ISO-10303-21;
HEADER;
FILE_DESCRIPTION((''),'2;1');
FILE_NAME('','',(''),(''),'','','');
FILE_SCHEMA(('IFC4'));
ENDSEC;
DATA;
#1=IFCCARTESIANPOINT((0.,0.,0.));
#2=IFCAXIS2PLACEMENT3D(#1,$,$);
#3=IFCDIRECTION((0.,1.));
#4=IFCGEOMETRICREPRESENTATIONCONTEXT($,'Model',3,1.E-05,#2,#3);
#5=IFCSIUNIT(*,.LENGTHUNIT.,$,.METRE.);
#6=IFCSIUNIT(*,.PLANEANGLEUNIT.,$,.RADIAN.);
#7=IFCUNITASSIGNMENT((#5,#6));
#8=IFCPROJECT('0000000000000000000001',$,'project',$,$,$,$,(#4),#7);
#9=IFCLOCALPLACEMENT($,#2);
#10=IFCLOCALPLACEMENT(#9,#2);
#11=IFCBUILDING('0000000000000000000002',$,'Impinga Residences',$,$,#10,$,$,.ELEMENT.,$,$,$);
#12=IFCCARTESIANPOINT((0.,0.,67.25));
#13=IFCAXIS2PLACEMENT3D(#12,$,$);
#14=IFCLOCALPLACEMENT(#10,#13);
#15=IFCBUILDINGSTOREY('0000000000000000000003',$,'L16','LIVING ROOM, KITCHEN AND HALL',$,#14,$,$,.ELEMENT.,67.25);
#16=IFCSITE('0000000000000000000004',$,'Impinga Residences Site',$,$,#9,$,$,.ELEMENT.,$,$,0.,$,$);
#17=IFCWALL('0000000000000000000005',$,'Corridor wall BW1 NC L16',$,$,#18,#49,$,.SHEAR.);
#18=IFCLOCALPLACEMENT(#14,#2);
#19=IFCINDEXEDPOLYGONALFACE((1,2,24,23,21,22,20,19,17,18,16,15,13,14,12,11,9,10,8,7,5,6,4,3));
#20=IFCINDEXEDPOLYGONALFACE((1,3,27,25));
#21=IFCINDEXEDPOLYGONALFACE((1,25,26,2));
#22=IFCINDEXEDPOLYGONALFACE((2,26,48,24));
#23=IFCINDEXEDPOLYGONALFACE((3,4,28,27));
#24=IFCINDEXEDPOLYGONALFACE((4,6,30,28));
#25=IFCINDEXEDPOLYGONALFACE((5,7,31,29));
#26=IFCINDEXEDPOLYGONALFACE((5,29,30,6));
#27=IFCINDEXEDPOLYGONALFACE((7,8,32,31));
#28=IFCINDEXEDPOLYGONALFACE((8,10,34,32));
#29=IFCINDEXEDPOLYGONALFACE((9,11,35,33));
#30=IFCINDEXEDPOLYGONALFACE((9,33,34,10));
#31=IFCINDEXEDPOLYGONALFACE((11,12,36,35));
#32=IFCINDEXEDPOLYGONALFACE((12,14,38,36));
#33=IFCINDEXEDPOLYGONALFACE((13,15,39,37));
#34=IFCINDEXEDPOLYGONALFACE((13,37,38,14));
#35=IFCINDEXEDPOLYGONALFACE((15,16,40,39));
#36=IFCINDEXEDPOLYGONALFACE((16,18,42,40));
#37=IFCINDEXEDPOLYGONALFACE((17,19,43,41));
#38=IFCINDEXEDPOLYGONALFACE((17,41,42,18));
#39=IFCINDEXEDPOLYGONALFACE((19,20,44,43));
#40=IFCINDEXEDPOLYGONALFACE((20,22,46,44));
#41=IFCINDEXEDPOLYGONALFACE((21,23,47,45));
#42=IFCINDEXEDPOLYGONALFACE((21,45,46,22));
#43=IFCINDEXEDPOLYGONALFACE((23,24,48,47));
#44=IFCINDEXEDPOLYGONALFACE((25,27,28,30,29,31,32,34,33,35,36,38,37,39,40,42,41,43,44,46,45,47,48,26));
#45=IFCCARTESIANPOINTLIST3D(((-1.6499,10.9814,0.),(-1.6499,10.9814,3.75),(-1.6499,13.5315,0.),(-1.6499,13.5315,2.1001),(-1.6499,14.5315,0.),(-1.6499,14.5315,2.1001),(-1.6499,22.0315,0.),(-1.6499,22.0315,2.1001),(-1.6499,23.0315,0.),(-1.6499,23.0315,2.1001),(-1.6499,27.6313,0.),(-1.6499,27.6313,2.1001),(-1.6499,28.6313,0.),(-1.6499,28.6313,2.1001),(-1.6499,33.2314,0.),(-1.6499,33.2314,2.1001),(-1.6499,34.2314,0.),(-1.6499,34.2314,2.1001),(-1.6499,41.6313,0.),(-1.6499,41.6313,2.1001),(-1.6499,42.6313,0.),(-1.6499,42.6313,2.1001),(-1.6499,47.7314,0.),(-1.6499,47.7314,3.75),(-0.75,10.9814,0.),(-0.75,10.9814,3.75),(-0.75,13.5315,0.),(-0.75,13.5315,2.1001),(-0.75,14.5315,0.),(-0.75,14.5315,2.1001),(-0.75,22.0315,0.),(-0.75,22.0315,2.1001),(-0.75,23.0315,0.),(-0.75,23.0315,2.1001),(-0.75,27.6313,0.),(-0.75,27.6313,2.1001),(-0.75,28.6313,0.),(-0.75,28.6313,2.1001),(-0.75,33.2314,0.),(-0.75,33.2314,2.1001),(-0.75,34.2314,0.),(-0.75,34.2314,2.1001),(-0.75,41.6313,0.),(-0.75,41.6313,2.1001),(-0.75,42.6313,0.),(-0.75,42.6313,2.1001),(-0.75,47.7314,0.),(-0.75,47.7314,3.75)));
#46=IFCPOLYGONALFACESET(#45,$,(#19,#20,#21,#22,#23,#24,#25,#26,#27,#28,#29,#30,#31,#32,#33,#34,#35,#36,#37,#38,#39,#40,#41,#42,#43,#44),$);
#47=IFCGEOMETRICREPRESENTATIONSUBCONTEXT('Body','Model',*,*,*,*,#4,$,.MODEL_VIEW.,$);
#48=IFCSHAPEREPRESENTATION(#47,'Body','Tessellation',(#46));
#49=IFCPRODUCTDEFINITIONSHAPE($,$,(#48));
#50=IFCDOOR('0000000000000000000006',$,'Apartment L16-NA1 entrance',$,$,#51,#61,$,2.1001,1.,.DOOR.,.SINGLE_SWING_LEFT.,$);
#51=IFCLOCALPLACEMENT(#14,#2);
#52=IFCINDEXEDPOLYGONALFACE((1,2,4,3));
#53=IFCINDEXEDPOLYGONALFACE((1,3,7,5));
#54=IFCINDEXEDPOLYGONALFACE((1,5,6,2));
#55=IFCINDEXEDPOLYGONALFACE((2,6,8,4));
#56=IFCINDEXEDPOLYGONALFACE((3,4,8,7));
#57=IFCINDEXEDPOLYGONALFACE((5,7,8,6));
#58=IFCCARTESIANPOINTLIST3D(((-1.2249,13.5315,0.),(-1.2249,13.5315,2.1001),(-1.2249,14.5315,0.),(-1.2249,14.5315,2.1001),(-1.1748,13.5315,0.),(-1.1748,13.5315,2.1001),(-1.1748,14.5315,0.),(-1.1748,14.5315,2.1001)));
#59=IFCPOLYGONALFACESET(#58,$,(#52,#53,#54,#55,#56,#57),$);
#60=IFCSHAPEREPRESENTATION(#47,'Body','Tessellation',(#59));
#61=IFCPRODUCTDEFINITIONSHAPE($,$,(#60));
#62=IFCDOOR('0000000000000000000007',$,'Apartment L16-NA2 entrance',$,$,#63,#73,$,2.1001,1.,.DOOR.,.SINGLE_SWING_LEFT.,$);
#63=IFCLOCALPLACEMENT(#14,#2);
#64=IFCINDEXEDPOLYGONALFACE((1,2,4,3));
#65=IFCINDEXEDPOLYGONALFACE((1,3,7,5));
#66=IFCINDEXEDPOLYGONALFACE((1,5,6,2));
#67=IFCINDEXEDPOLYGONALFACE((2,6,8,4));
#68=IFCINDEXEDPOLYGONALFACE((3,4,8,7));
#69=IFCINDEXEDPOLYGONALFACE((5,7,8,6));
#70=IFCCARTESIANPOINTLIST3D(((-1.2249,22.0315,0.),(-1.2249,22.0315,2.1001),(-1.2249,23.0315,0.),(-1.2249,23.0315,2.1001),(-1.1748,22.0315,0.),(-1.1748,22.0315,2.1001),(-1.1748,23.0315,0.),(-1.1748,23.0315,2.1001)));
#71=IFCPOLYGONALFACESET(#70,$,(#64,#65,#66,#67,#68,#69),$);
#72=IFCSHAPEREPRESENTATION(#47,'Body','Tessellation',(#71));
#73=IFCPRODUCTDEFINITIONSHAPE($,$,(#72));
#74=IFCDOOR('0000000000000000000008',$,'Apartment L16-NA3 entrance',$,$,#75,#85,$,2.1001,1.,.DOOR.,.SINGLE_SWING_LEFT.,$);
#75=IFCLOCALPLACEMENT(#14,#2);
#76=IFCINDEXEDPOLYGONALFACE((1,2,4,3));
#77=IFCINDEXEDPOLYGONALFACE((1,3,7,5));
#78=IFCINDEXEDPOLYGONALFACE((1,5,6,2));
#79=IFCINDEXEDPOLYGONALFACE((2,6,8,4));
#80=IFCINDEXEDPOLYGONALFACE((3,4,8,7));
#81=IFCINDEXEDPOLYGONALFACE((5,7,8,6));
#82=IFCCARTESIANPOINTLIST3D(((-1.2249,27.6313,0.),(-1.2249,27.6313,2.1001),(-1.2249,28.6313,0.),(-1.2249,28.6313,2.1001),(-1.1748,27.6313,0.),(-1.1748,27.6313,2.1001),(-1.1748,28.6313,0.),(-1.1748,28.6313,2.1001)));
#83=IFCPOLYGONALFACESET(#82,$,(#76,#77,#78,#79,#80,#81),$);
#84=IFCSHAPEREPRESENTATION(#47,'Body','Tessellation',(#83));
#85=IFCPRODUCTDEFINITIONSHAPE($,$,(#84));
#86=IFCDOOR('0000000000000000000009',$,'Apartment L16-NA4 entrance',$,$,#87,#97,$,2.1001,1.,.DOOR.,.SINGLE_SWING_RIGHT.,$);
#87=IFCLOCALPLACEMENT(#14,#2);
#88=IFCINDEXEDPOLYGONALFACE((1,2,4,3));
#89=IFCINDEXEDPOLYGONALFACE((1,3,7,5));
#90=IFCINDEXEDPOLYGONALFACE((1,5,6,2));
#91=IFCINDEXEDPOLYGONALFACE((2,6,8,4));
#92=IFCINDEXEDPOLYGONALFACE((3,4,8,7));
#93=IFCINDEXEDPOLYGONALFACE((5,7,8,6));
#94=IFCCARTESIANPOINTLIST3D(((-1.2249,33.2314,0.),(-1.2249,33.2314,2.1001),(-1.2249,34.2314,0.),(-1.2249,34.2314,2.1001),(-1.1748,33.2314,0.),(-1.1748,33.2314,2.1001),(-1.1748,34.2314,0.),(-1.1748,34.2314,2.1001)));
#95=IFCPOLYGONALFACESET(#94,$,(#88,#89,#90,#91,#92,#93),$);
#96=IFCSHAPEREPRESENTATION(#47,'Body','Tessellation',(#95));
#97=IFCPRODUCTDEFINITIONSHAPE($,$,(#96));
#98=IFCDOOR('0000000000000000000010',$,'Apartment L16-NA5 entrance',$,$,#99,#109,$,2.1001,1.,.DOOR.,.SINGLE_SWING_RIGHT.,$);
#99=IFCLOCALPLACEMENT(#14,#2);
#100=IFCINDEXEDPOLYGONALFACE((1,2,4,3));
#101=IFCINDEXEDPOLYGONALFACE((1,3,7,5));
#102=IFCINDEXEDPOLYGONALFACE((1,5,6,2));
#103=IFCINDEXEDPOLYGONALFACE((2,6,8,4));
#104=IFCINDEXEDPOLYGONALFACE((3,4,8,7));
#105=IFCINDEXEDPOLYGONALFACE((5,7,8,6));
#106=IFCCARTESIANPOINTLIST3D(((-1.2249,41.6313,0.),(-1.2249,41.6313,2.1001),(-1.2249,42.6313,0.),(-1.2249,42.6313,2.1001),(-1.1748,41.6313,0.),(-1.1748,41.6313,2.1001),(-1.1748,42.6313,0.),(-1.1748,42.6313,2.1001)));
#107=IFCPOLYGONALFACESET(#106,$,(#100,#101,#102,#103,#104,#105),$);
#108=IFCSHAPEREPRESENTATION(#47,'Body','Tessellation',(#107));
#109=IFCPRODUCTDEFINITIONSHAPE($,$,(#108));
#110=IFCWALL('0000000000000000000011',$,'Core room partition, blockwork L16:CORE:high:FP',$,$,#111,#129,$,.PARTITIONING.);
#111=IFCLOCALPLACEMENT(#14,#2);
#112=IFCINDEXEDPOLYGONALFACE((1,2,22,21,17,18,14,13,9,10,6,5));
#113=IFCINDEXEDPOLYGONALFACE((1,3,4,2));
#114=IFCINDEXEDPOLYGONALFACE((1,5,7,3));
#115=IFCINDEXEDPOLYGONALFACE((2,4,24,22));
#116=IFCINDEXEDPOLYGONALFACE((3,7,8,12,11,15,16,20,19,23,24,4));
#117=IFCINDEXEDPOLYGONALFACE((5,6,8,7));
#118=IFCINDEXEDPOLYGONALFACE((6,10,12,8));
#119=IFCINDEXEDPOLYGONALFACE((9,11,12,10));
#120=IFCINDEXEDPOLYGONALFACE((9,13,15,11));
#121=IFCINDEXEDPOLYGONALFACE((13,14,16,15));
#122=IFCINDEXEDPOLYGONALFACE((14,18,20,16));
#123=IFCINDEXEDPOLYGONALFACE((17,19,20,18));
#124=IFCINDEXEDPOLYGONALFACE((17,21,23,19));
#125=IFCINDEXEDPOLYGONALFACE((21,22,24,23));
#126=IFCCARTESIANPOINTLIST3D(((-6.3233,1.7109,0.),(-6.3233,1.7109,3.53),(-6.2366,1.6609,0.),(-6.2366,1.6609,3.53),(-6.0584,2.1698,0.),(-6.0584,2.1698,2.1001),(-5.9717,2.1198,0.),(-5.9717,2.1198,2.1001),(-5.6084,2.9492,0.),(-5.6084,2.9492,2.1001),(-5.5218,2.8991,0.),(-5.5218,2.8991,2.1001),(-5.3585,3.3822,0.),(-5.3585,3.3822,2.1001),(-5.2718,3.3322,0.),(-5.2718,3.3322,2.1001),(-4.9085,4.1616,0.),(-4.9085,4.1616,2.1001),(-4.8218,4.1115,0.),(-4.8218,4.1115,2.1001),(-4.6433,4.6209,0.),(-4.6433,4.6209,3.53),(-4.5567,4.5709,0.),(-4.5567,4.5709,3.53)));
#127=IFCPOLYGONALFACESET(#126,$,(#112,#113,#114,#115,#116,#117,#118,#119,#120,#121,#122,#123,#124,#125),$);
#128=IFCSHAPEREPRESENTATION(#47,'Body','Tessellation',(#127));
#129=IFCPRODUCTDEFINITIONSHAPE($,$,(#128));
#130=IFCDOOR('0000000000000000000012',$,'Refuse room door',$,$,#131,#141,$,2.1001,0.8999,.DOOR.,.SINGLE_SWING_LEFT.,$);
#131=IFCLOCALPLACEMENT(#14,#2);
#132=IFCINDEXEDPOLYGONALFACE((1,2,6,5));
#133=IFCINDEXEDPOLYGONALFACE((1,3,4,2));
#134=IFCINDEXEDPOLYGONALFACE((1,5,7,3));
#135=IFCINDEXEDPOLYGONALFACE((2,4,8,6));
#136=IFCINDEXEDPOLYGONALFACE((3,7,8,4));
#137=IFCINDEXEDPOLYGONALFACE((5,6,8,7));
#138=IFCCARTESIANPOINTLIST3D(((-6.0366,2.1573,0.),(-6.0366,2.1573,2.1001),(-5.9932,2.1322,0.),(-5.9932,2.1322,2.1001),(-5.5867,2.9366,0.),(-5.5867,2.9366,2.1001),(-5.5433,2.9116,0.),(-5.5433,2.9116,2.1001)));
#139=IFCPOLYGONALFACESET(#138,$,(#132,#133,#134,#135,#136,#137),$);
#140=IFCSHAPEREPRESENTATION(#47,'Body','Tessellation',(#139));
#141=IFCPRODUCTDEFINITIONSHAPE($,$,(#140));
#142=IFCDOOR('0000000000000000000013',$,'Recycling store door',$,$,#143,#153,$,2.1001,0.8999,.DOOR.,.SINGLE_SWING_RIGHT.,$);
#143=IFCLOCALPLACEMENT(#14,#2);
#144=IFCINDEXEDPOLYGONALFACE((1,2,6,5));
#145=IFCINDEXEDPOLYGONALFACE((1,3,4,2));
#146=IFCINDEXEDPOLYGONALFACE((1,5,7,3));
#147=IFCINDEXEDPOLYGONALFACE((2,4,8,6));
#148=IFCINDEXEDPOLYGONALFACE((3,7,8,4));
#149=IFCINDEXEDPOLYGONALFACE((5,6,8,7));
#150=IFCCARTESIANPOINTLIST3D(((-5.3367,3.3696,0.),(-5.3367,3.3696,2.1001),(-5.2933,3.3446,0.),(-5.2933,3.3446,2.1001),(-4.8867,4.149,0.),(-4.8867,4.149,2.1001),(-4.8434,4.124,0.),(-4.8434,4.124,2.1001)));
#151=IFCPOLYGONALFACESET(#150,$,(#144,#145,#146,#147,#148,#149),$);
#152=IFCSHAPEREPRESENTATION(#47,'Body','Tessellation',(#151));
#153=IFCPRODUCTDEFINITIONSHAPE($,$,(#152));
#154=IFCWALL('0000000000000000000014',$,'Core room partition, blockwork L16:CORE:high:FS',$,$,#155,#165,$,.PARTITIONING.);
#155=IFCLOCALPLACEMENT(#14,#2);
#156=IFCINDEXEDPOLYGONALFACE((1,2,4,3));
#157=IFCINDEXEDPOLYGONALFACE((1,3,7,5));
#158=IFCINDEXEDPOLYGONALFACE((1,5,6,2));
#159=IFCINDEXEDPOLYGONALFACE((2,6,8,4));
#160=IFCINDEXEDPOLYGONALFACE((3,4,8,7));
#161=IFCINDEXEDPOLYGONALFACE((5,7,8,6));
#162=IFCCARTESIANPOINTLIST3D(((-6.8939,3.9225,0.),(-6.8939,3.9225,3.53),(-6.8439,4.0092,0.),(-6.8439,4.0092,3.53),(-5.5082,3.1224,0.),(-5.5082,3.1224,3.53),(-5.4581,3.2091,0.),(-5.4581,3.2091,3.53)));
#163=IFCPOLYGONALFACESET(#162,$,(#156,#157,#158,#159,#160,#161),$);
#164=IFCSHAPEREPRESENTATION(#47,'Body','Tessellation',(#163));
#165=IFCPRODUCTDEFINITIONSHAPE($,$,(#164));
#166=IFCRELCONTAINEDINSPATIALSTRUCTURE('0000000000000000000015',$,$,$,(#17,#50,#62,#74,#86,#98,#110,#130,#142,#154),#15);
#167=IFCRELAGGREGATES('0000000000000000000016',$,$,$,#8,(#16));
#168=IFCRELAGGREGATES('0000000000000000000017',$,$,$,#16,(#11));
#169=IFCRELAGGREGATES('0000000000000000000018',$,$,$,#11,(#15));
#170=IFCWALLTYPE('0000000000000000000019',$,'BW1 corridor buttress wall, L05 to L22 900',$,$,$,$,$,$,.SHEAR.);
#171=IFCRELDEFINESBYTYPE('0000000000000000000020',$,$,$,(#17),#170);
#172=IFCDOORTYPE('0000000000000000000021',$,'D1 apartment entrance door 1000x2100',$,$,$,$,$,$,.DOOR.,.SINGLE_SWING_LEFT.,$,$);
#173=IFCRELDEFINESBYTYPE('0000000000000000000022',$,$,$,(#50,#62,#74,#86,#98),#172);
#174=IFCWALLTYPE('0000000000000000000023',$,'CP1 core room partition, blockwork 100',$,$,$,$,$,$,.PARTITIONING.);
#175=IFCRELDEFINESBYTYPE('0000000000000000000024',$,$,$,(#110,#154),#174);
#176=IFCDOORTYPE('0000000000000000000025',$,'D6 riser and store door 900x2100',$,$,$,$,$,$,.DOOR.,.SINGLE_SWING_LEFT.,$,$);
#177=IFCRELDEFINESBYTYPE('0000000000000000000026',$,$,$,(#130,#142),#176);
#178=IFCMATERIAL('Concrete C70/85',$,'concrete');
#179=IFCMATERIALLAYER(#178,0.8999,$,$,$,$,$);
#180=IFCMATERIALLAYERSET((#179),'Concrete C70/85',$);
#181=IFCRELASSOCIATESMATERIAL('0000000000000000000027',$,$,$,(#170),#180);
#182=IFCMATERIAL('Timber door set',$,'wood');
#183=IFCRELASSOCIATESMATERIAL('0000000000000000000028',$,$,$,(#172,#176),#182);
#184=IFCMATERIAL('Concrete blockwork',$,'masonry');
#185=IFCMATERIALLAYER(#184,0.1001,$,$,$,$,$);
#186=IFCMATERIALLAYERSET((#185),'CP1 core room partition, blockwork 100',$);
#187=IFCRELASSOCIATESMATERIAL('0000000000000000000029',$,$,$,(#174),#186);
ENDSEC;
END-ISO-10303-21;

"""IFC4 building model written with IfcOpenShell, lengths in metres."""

from ifc_helpers import new_model, si_unit, direction, frame, frame_2d, origin, place, context, subcontext, project, spatial, rectangle, extrude, material, layer, layer_set, type_object, element, fill, save


model = new_model("IFC4")

# Units and contexts
model_context = context("Model", 3, precision=1e-05, world=origin(), true_north=direction((0.0, 1.0)))
body_context = subcontext(model_context, "Body", "Model", "MODEL_VIEW")
ifc_project = project(units=[si_unit("LENGTHUNIT", "METRE"), si_unit("PLANEANGLEUNIT", "RADIAN")], contexts=[model_context])

# Site, building, storey
site_placement = place(None, origin())
site = spatial("IfcSite", under=ifc_project, at=site_placement, Name="Impinga Residences Site", CompositionType="ELEMENT", RefElevation=0.0)
building_placement = place(site_placement, origin())
building = spatial("IfcBuilding", under=site, at=building_placement, Name="Impinga Residences", CompositionType="ELEMENT")
storey_placement = place(building_placement, frame((0.0, 0.0, 67.25)))
storey = spatial("IfcBuildingStorey", under=building, at=storey_placement, Name="L16", Description="LIVING ROOM, KITCHEN AND HALL", CompositionType="ELEMENT", Elevation=67.25)

# Walls, openings, doors
ifc_material_1 = material(Name="Concrete C70/85", Category="concrete")
ifc_layer_1 = layer(ifc_material_1, 0.8999)
ifc_layer_set_1 = layer_set([ifc_layer_1], Name="Concrete C70/85")
wall_type_1 = type_object("IfcWallType", Name="BW1 corridor buttress wall, L05 to L22 900", PredefinedType="SHEAR", material=ifc_layer_set_1)
wall_1_placement = place(storey_placement, frame((-1.2, 10.9814, 0.0), z_axis=(0.0, 0.0, 1.0), x_axis=(0.0, 1.0, 0.0)))
wall_1 = element("IfcWall", 1, at=wall_1_placement, inside=storey, type_object=wall_type_1, Name="Corridor wall BW1 NC L16", PredefinedType="SHEAR", context=body_context, shape_type="SweptSolid", body=[
    extrude(rectangle(XDim=36.75, YDim=0.8999, at=frame_2d((18.375, 0.0))), origin(), (0.0, 0.0, 1.0), 3.75),
])
opening_1_placement = place(wall_1_placement, frame((2.55, 0.0, 0.0)))
opening_1 = element("IfcOpeningElement", 2, at=opening_1_placement, cuts=wall_1, PredefinedType="OPENING", context=body_context, shape_type="SweptSolid", body=[
    extrude(rectangle(XDim=1.0, YDim=2.1001, at=frame_2d((0.5, 1.05))), frame((0.0, 0.46, 0.0), z_axis=(0.0, -1.0, 0.0), x_axis=(1.0, 0.0, 0.0)), (0.0, 0.0, 1.0), 0.9199),
])
opening_2_placement = place(wall_1_placement, frame((11.05, 0.0, 0.0)))
opening_2 = element("IfcOpeningElement", 3, at=opening_2_placement, cuts=wall_1, PredefinedType="OPENING", context=body_context, shape_type="SweptSolid", body=[
    extrude(rectangle(XDim=1.0, YDim=2.1001, at=frame_2d((0.5, 1.05))), frame((0.0, 0.46, 0.0), z_axis=(0.0, -1.0, 0.0), x_axis=(1.0, 0.0, 0.0)), (0.0, 0.0, 1.0), 0.9199),
])
opening_3_placement = place(wall_1_placement, frame((16.6499, 0.0, 0.0)))
opening_3 = element("IfcOpeningElement", 4, at=opening_3_placement, cuts=wall_1, PredefinedType="OPENING", context=body_context, shape_type="SweptSolid", body=[
    extrude(rectangle(XDim=1.0, YDim=2.1001, at=frame_2d((0.5, 1.05))), frame((0.0, 0.46, 0.0), z_axis=(0.0, -1.0, 0.0), x_axis=(1.0, 0.0, 0.0)), (0.0, 0.0, 1.0), 0.9199),
])
opening_4_placement = place(wall_1_placement, frame((22.25, 0.0, 0.0)))
opening_4 = element("IfcOpeningElement", 5, at=opening_4_placement, cuts=wall_1, PredefinedType="OPENING", context=body_context, shape_type="SweptSolid", body=[
    extrude(rectangle(XDim=1.0, YDim=2.1001, at=frame_2d((0.5, 1.05))), frame((0.0, 0.46, 0.0), z_axis=(0.0, -1.0, 0.0), x_axis=(1.0, 0.0, 0.0)), (0.0, 0.0, 1.0), 0.9199),
])
opening_5_placement = place(wall_1_placement, frame((30.6499, 0.0, 0.0)))
opening_5 = element("IfcOpeningElement", 6, at=opening_5_placement, cuts=wall_1, PredefinedType="OPENING", context=body_context, shape_type="SweptSolid", body=[
    extrude(rectangle(XDim=1.0, YDim=2.1001, at=frame_2d((0.5, 1.05))), frame((0.0, 0.46, 0.0), z_axis=(0.0, -1.0, 0.0), x_axis=(1.0, 0.0, 0.0)), (0.0, 0.0, 1.0), 0.9199),
])
ifc_material_2 = material(Name="Timber door set", Category="wood")
door_type_1 = type_object("IfcDoorType", Name="D1 apartment entrance door 1000x2100", OperationType="SINGLE_SWING_LEFT", PredefinedType="DOOR", material=ifc_material_2)
door_1_placement = place(opening_1_placement, origin())
door_1 = element("IfcDoor", 7, at=door_1_placement, inside=storey, type_object=door_type_1, Name="Apartment L16-NA1 entrance", OperationType="SINGLE_SWING_LEFT", OverallHeight=2.1001, OverallWidth=1.0, PredefinedType="DOOR", context=body_context, shape_type="SweptSolid", body=[
    extrude(rectangle(XDim=1.0, YDim=2.1001, at=frame_2d((0.5, 1.05))), frame((0.0, 0.0249, 0.0), z_axis=(0.0, -1.0, 0.0), x_axis=(1.0, 0.0, 0.0)), (0.0, 0.0, 1.0), 0.05),
])
fill(opening_1, door_1)
door_2_placement = place(opening_2_placement, origin())
door_2 = element("IfcDoor", 8, at=door_2_placement, inside=storey, type_object=door_type_1, Name="Apartment L16-NA2 entrance", OperationType="SINGLE_SWING_LEFT", OverallHeight=2.1001, OverallWidth=1.0, PredefinedType="DOOR", context=body_context, shape_type="SweptSolid", body=[
    extrude(rectangle(XDim=1.0, YDim=2.1001, at=frame_2d((0.5, 1.05))), frame((0.0, 0.0249, 0.0), z_axis=(0.0, -1.0, 0.0), x_axis=(1.0, 0.0, 0.0)), (0.0, 0.0, 1.0), 0.05),
])
fill(opening_2, door_2)
door_3_placement = place(opening_3_placement, origin())
door_3 = element("IfcDoor", 9, at=door_3_placement, inside=storey, type_object=door_type_1, Name="Apartment L16-NA3 entrance", OperationType="SINGLE_SWING_LEFT", OverallHeight=2.1001, OverallWidth=1.0, PredefinedType="DOOR", context=body_context, shape_type="SweptSolid", body=[
    extrude(rectangle(XDim=1.0, YDim=2.1001, at=frame_2d((0.5, 1.05))), frame((0.0, 0.0249, 0.0), z_axis=(0.0, -1.0, 0.0), x_axis=(1.0, 0.0, 0.0)), (0.0, 0.0, 1.0), 0.05),
])
fill(opening_3, door_3)
door_4_placement = place(opening_4_placement, origin())
door_4 = element("IfcDoor", 10, at=door_4_placement, inside=storey, type_object=door_type_1, Name="Apartment L16-NA4 entrance", OperationType="SINGLE_SWING_RIGHT", OverallHeight=2.1001, OverallWidth=1.0, PredefinedType="DOOR", context=body_context, shape_type="SweptSolid", body=[
    extrude(rectangle(XDim=1.0, YDim=2.1001, at=frame_2d((0.5, 1.05))), frame((0.0, 0.0249, 0.0), z_axis=(0.0, -1.0, 0.0), x_axis=(1.0, 0.0, 0.0)), (0.0, 0.0, 1.0), 0.05),
])
fill(opening_4, door_4)
door_5_placement = place(opening_5_placement, origin())
door_5 = element("IfcDoor", 11, at=door_5_placement, inside=storey, type_object=door_type_1, Name="Apartment L16-NA5 entrance", OperationType="SINGLE_SWING_RIGHT", OverallHeight=2.1001, OverallWidth=1.0, PredefinedType="DOOR", context=body_context, shape_type="SweptSolid", body=[
    extrude(rectangle(XDim=1.0, YDim=2.1001, at=frame_2d((0.5, 1.05))), frame((0.0, 0.0249, 0.0), z_axis=(0.0, -1.0, 0.0), x_axis=(1.0, 0.0, 0.0)), (0.0, 0.0, 1.0), 0.05),
])
fill(opening_5, door_5)
ifc_material_3 = material(Name="Concrete blockwork", Category="masonry")
ifc_layer_2 = layer(ifc_material_3, 0.1001)
ifc_layer_set_2 = layer_set([ifc_layer_2], Name="CP1 core room partition, blockwork 100")
wall_type_2 = type_object("IfcWallType", Name="CP1 core room partition, blockwork 100", PredefinedType="PARTITIONING", material=ifc_layer_set_2)
wall_2_placement = place(storey_placement, frame((-6.28, 1.6858, 0.0), z_axis=(0.0, 0.0, 1.0), x_axis=(0.499976, 0.866039, 0.0)))
wall_2 = element("IfcWall", 12, at=wall_2_placement, inside=storey, type_object=wall_type_2, Name="Core room partition, blockwork L16:CORE:high:FP", PredefinedType="PARTITIONING", context=body_context, shape_type="SweptSolid", body=[
    extrude(rectangle(XDim=3.3601, YDim=0.1001, at=frame_2d((1.6802, 0.0))), origin(), (0.0, 0.0, 1.0), 3.53),
])
opening_6_placement = place(wall_2_placement, frame((0.53, 0.0, 0.0)))
opening_6 = element("IfcOpeningElement", 13, at=opening_6_placement, cuts=wall_2, PredefinedType="OPENING", context=body_context, shape_type="SweptSolid", body=[
    extrude(rectangle(XDim=0.8999, YDim=2.1001, at=frame_2d((0.45, 1.05))), frame((0.0, 0.0601, 0.0), z_axis=(0.0, -1.0, 0.0), x_axis=(1.0, 0.0, 0.0)), (0.0, 0.0, 1.0), 0.1201),
])
opening_7_placement = place(wall_2_placement, frame((1.9299, 0.0, 0.0)))
opening_7 = element("IfcOpeningElement", 14, at=opening_7_placement, cuts=wall_2, PredefinedType="OPENING", context=body_context, shape_type="SweptSolid", body=[
    extrude(rectangle(XDim=0.8999, YDim=2.1001, at=frame_2d((0.45, 1.05))), frame((0.0, 0.0601, 0.0), z_axis=(0.0, -1.0, 0.0), x_axis=(1.0, 0.0, 0.0)), (0.0, 0.0, 1.0), 0.1201),
])
door_type_2 = type_object("IfcDoorType", Name="D6 riser and store door 900x2100", OperationType="SINGLE_SWING_LEFT", PredefinedType="DOOR", material=ifc_material_2)
door_6_placement = place(opening_6_placement, origin())
door_6 = element("IfcDoor", 15, at=door_6_placement, inside=storey, type_object=door_type_2, Name="Refuse room door", OperationType="SINGLE_SWING_LEFT", OverallHeight=2.1001, OverallWidth=0.8999, PredefinedType="DOOR", context=body_context, shape_type="SweptSolid", body=[
    extrude(rectangle(XDim=0.8999, YDim=2.1001, at=frame_2d((0.45, 1.05))), frame((0.0, 0.0249, 0.0), z_axis=(0.0, -1.0, 0.0), x_axis=(1.0, 0.0, 0.0)), (0.0, 0.0, 1.0), 0.05),
])
fill(opening_6, door_6)
door_7_placement = place(opening_7_placement, origin())
door_7 = element("IfcDoor", 16, at=door_7_placement, inside=storey, type_object=door_type_2, Name="Recycling store door", OperationType="SINGLE_SWING_RIGHT", OverallHeight=2.1001, OverallWidth=0.8999, PredefinedType="DOOR", context=body_context, shape_type="SweptSolid", body=[
    extrude(rectangle(XDim=0.8999, YDim=2.1001, at=frame_2d((0.45, 1.05))), frame((0.0, 0.0249, 0.0), z_axis=(0.0, -1.0, 0.0), x_axis=(1.0, 0.0, 0.0)), (0.0, 0.0, 1.0), 0.05),
])
fill(opening_7, door_7)

# Wall
wall_3_placement = place(storey_placement, frame((-5.4832, 3.1658, 0.0), z_axis=(0.0, 0.0, 1.0), x_axis=(-0.866028, 0.499995, 0.0)))
element("IfcWall", 17, at=wall_3_placement, inside=storey, type_object=wall_type_2, Name="Core room partition, blockwork L16:CORE:high:FS", PredefinedType="PARTITIONING", context=body_context, shape_type="SweptSolid", body=[
    extrude(rectangle(XDim=1.6001, YDim=0.1001, at=frame_2d((0.8, 0.0))), origin(), (0.0, 0.0, 1.0), 3.53),
])

save(model, "model.ifc")
